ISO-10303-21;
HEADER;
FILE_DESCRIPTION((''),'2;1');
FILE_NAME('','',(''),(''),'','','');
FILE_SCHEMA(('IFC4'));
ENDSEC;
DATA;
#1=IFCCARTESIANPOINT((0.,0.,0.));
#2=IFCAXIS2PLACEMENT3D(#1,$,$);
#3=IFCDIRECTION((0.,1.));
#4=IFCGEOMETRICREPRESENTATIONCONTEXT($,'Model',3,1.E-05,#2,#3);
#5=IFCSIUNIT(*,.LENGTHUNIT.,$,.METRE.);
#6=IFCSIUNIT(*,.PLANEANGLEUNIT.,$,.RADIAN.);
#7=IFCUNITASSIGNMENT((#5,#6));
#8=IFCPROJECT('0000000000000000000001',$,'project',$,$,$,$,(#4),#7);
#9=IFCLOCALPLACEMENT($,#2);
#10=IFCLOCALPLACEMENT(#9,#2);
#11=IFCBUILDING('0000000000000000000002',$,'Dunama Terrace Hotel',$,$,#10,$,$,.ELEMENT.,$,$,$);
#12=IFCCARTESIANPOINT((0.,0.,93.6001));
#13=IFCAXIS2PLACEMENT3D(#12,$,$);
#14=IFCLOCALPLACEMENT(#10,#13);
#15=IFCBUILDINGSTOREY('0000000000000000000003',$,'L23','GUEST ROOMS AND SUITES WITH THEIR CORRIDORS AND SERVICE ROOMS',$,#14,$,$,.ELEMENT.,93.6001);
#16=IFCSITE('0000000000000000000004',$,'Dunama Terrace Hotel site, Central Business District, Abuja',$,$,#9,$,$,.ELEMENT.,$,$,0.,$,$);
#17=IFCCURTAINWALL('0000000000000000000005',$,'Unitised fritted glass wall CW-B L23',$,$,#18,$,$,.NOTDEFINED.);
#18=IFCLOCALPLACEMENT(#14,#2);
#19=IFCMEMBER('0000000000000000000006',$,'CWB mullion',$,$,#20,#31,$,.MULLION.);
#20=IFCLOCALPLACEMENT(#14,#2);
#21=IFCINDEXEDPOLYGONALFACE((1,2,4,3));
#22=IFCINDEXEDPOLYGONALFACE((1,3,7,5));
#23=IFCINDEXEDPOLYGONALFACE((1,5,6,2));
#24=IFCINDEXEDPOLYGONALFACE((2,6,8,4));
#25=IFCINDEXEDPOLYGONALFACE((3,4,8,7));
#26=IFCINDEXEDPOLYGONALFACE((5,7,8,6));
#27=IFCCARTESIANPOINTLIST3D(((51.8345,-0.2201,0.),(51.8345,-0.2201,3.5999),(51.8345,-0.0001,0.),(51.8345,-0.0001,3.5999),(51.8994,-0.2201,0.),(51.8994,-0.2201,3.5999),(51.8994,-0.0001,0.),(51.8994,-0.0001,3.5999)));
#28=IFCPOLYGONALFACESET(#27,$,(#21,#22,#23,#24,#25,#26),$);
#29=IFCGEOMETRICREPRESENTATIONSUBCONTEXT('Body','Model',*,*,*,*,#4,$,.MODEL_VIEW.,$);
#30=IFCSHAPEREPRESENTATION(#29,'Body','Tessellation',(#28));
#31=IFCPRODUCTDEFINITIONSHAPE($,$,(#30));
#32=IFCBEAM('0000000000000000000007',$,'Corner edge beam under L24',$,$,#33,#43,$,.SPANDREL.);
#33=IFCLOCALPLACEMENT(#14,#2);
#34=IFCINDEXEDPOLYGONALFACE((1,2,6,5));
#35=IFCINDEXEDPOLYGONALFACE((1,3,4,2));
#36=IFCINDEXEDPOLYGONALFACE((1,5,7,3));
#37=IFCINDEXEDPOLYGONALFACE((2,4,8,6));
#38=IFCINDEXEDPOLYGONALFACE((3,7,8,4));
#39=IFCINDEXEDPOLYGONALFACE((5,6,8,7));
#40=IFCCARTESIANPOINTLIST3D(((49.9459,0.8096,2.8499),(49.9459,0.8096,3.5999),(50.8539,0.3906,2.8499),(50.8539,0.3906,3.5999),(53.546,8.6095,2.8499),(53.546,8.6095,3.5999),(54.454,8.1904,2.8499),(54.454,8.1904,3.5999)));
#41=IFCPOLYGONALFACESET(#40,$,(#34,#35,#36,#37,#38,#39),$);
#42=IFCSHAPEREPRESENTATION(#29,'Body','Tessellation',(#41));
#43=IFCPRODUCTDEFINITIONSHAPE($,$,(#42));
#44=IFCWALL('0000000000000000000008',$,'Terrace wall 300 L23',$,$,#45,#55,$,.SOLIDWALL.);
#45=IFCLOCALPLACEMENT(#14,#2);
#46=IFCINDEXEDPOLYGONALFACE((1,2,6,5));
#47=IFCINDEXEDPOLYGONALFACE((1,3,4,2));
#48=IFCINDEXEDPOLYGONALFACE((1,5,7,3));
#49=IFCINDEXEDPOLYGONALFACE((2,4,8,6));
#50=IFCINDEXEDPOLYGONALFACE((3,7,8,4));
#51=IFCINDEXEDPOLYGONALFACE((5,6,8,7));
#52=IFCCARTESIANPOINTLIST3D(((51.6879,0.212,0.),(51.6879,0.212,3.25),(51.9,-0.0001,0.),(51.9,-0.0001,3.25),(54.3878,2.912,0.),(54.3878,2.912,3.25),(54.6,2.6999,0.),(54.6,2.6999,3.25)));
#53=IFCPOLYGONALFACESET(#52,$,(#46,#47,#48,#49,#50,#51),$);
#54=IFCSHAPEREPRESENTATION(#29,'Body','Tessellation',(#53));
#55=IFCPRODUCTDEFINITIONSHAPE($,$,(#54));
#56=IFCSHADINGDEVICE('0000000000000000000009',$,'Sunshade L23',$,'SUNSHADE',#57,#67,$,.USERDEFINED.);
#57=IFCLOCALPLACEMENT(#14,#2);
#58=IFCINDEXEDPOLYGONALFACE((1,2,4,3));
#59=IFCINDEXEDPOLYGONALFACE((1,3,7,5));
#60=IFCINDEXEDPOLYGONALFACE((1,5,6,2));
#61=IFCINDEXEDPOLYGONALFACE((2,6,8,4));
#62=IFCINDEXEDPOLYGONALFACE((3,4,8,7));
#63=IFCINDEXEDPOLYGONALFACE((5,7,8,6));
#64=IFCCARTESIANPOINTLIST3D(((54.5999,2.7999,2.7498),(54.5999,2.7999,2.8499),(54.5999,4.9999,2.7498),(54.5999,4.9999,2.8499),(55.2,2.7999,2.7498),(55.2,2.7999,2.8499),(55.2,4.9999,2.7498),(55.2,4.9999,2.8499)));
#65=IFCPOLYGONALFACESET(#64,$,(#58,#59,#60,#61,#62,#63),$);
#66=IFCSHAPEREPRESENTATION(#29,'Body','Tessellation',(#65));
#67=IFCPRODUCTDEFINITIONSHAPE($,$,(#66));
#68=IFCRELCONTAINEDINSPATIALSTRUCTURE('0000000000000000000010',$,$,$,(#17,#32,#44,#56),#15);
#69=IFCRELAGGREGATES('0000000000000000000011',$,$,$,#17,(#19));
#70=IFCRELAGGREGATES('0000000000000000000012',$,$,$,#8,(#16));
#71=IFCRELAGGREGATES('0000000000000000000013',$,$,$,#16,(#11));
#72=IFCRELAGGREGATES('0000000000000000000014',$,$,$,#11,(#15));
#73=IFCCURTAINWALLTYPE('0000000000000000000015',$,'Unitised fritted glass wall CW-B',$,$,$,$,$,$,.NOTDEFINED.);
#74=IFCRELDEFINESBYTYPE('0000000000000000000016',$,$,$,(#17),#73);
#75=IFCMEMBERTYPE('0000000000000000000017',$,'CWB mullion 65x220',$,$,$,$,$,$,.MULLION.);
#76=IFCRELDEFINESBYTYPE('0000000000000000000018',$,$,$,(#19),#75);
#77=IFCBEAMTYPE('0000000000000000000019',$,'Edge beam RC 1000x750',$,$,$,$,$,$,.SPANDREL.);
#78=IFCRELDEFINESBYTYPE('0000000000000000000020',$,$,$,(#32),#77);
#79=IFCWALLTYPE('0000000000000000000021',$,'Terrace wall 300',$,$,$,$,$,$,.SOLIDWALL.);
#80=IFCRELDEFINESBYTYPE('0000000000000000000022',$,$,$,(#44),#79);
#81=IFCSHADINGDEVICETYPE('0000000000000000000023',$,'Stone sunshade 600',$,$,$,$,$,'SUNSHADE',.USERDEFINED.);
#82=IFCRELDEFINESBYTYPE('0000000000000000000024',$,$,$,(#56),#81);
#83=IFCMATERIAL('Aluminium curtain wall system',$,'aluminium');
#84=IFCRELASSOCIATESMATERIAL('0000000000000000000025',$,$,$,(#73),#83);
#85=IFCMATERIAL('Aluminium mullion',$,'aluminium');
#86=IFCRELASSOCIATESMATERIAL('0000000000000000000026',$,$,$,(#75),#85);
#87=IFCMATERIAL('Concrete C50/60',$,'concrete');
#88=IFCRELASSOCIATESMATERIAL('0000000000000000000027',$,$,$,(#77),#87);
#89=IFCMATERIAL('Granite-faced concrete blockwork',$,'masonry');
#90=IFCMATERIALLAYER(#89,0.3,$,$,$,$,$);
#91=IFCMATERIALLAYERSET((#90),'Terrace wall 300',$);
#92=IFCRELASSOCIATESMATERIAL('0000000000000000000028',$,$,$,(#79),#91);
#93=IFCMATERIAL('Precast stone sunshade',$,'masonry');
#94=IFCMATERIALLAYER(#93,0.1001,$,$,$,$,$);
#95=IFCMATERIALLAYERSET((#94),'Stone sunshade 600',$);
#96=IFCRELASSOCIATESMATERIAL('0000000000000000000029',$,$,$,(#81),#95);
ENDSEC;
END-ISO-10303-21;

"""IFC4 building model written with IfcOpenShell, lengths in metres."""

from ifc_helpers import new_model, si_unit, direction, frame, frame_2d, origin, origin_2d, place, context, subcontext, project, spatial, rectangle, extrude, material, layer, layer_set, material_profile, profile_set, type_object, element, aggregate, save


model = new_model("IFC4")

# Units and contexts
model_context = context("Model", 3, precision=1e-05, world=origin(), true_north=direction((0.0, 1.0)))
body_context = subcontext(model_context, "Body", "Model", "MODEL_VIEW")
ifc_project = project(units=[si_unit("LENGTHUNIT", "METRE"), si_unit("PLANEANGLEUNIT", "RADIAN")], contexts=[model_context])

# Site, building, storey
site_placement = place(None, origin())
site = spatial("IfcSite", under=ifc_project, at=site_placement, Name="Dunama Terrace Hotel site, Central Business District, Abuja", CompositionType="ELEMENT", RefElevation=0.0)
building_placement = place(site_placement, origin())
building = spatial("IfcBuilding", under=site, at=building_placement, Name="Dunama Terrace Hotel", CompositionType="ELEMENT")
storey_placement = place(building_placement, frame((0.0, 0.0, 93.6001)))
storey = spatial("IfcBuildingStorey", under=building, at=storey_placement, Name="L23", Description="GUEST ROOMS AND SUITES WITH THEIR CORRIDORS AND SERVICE ROOMS", CompositionType="ELEMENT", Elevation=93.6001)

# Curtain wall, member
ifc_material_1 = material(Name="Aluminium curtain wall system", Category="aluminium")
curtain_wall_type = type_object("IfcCurtainWallType", Name="Unitised fritted glass wall CW-B", PredefinedType="NOTDEFINED", material=ifc_material_1)
curtain_wall_placement = place(storey_placement, origin())
curtain_wall = element("IfcCurtainWall", 1, at=curtain_wall_placement, inside=storey, type_object=curtain_wall_type, Name="Unitised fritted glass wall CW-B L23", PredefinedType="NOTDEFINED")
ifc_material_2 = material(Name="Aluminium mullion", Category="aluminium")
ifc_material_profile_1 = material_profile(ifc_material_2, rectangle(XDim=0.0649, YDim=0.22, at=origin_2d()), Name="CWB MULLION 65X220")
ifc_profile_set_1 = profile_set([ifc_material_profile_1], Name="Aluminium mullion")
member_type = type_object("IfcMemberType", Name="CWB mullion 65x220", PredefinedType="MULLION", material=ifc_profile_set_1)
member_placement = place(storey_placement, frame((51.8669, -0.1101, 0.0), z_axis=(0.0, 0.0, 1.0), x_axis=(1.0, 0.0, 0.0)))
member = element("IfcMember", 2, at=member_placement, type_object=member_type, Name="CWB mullion", PredefinedType="MULLION", context=body_context, shape_type="SweptSolid", body=[
    extrude(rectangle(XDim=0.0649, YDim=0.22, at=origin_2d()), origin(), (0.0, 0.0, 1.0), 3.5999),
])
aggregate(curtain_wall, [member])

# Beam
ifc_material_3 = material(Name="Concrete C50/60", Category="concrete")
ifc_material_profile_2 = material_profile(ifc_material_3, rectangle(XDim=1.0, YDim=0.75, at=origin_2d()), Name="RC 1000x750")
ifc_profile_set_2 = profile_set([ifc_material_profile_2], Name="Concrete C50/60")
beam_type = type_object("IfcBeamType", Name="Edge beam RC 1000x750", PredefinedType="SPANDREL", material=ifc_profile_set_2)
beam_placement = place(storey_placement, frame((50.3999, 0.6001, 3.2249), z_axis=(0.419076, 0.907951, 0.0), x_axis=(-0.907951, 0.419076, 0.0)))
element("IfcBeam", 3, at=beam_placement, inside=storey, type_object=beam_type, Name="Corner edge beam under L24", PredefinedType="SPANDREL", context=body_context, shape_type="SweptSolid", body=[
    extrude(rectangle(XDim=1.0, YDim=0.75, at=origin_2d()), origin(), (0.0, 0.0, 1.0), 8.5906),
])

# Wall
ifc_material_4 = material(Name="Granite-faced concrete blockwork", Category="masonry")
ifc_layer_1 = layer(ifc_material_4, 0.3)
ifc_layer_set_1 = layer_set([ifc_layer_1], Name="Terrace wall 300")
wall_type = type_object("IfcWallType", Name="Terrace wall 300", PredefinedType="SOLIDWALL", material=ifc_layer_set_1)
wall_1_placement = place(storey_placement, frame((51.7939, 0.106, 0.0), z_axis=(0.0, 0.0, 1.0), x_axis=(0.707107, 0.707107, 0.0)))
element("IfcWall", 4, at=wall_1_placement, inside=storey, type_object=wall_type, Name="Terrace wall 300 L23", PredefinedType="SOLIDWALL", context=body_context, shape_type="SweptSolid", body=[
    extrude(rectangle(XDim=3.8184, YDim=0.3, at=frame_2d((1.9092, 0.0))), origin(), (0.0, 0.0, 1.0), 3.25),
])

# Shading device
ifc_material_5 = material(Name="Precast stone sunshade", Category="masonry")
ifc_layer_2 = layer(ifc_material_5, 0.1001)
ifc_layer_set_2 = layer_set([ifc_layer_2], Name="Stone sunshade 600")
shading_device_type = type_object("IfcShadingDeviceType", Name="Stone sunshade 600", ElementType="SUNSHADE", PredefinedType="USERDEFINED", material=ifc_layer_set_2)
shading_device_placement = place(storey_placement, frame((54.8999, 3.8999, 2.7498), z_axis=(0.0, 0.0, 1.0), x_axis=(0.0, 1.0, 0.0)))
element("IfcShadingDevice", 5, at=shading_device_placement, inside=storey, type_object=shading_device_type, Name="Sunshade L23", ObjectType="SUNSHADE", PredefinedType="USERDEFINED", context=body_context, shape_type="SweptSolid", body=[
    extrude(rectangle(XDim=2.2, YDim=0.6001, at=origin_2d()), origin(), (0.0, 0.0, 1.0), 0.1001),
])

save(model, "model.ifc")
